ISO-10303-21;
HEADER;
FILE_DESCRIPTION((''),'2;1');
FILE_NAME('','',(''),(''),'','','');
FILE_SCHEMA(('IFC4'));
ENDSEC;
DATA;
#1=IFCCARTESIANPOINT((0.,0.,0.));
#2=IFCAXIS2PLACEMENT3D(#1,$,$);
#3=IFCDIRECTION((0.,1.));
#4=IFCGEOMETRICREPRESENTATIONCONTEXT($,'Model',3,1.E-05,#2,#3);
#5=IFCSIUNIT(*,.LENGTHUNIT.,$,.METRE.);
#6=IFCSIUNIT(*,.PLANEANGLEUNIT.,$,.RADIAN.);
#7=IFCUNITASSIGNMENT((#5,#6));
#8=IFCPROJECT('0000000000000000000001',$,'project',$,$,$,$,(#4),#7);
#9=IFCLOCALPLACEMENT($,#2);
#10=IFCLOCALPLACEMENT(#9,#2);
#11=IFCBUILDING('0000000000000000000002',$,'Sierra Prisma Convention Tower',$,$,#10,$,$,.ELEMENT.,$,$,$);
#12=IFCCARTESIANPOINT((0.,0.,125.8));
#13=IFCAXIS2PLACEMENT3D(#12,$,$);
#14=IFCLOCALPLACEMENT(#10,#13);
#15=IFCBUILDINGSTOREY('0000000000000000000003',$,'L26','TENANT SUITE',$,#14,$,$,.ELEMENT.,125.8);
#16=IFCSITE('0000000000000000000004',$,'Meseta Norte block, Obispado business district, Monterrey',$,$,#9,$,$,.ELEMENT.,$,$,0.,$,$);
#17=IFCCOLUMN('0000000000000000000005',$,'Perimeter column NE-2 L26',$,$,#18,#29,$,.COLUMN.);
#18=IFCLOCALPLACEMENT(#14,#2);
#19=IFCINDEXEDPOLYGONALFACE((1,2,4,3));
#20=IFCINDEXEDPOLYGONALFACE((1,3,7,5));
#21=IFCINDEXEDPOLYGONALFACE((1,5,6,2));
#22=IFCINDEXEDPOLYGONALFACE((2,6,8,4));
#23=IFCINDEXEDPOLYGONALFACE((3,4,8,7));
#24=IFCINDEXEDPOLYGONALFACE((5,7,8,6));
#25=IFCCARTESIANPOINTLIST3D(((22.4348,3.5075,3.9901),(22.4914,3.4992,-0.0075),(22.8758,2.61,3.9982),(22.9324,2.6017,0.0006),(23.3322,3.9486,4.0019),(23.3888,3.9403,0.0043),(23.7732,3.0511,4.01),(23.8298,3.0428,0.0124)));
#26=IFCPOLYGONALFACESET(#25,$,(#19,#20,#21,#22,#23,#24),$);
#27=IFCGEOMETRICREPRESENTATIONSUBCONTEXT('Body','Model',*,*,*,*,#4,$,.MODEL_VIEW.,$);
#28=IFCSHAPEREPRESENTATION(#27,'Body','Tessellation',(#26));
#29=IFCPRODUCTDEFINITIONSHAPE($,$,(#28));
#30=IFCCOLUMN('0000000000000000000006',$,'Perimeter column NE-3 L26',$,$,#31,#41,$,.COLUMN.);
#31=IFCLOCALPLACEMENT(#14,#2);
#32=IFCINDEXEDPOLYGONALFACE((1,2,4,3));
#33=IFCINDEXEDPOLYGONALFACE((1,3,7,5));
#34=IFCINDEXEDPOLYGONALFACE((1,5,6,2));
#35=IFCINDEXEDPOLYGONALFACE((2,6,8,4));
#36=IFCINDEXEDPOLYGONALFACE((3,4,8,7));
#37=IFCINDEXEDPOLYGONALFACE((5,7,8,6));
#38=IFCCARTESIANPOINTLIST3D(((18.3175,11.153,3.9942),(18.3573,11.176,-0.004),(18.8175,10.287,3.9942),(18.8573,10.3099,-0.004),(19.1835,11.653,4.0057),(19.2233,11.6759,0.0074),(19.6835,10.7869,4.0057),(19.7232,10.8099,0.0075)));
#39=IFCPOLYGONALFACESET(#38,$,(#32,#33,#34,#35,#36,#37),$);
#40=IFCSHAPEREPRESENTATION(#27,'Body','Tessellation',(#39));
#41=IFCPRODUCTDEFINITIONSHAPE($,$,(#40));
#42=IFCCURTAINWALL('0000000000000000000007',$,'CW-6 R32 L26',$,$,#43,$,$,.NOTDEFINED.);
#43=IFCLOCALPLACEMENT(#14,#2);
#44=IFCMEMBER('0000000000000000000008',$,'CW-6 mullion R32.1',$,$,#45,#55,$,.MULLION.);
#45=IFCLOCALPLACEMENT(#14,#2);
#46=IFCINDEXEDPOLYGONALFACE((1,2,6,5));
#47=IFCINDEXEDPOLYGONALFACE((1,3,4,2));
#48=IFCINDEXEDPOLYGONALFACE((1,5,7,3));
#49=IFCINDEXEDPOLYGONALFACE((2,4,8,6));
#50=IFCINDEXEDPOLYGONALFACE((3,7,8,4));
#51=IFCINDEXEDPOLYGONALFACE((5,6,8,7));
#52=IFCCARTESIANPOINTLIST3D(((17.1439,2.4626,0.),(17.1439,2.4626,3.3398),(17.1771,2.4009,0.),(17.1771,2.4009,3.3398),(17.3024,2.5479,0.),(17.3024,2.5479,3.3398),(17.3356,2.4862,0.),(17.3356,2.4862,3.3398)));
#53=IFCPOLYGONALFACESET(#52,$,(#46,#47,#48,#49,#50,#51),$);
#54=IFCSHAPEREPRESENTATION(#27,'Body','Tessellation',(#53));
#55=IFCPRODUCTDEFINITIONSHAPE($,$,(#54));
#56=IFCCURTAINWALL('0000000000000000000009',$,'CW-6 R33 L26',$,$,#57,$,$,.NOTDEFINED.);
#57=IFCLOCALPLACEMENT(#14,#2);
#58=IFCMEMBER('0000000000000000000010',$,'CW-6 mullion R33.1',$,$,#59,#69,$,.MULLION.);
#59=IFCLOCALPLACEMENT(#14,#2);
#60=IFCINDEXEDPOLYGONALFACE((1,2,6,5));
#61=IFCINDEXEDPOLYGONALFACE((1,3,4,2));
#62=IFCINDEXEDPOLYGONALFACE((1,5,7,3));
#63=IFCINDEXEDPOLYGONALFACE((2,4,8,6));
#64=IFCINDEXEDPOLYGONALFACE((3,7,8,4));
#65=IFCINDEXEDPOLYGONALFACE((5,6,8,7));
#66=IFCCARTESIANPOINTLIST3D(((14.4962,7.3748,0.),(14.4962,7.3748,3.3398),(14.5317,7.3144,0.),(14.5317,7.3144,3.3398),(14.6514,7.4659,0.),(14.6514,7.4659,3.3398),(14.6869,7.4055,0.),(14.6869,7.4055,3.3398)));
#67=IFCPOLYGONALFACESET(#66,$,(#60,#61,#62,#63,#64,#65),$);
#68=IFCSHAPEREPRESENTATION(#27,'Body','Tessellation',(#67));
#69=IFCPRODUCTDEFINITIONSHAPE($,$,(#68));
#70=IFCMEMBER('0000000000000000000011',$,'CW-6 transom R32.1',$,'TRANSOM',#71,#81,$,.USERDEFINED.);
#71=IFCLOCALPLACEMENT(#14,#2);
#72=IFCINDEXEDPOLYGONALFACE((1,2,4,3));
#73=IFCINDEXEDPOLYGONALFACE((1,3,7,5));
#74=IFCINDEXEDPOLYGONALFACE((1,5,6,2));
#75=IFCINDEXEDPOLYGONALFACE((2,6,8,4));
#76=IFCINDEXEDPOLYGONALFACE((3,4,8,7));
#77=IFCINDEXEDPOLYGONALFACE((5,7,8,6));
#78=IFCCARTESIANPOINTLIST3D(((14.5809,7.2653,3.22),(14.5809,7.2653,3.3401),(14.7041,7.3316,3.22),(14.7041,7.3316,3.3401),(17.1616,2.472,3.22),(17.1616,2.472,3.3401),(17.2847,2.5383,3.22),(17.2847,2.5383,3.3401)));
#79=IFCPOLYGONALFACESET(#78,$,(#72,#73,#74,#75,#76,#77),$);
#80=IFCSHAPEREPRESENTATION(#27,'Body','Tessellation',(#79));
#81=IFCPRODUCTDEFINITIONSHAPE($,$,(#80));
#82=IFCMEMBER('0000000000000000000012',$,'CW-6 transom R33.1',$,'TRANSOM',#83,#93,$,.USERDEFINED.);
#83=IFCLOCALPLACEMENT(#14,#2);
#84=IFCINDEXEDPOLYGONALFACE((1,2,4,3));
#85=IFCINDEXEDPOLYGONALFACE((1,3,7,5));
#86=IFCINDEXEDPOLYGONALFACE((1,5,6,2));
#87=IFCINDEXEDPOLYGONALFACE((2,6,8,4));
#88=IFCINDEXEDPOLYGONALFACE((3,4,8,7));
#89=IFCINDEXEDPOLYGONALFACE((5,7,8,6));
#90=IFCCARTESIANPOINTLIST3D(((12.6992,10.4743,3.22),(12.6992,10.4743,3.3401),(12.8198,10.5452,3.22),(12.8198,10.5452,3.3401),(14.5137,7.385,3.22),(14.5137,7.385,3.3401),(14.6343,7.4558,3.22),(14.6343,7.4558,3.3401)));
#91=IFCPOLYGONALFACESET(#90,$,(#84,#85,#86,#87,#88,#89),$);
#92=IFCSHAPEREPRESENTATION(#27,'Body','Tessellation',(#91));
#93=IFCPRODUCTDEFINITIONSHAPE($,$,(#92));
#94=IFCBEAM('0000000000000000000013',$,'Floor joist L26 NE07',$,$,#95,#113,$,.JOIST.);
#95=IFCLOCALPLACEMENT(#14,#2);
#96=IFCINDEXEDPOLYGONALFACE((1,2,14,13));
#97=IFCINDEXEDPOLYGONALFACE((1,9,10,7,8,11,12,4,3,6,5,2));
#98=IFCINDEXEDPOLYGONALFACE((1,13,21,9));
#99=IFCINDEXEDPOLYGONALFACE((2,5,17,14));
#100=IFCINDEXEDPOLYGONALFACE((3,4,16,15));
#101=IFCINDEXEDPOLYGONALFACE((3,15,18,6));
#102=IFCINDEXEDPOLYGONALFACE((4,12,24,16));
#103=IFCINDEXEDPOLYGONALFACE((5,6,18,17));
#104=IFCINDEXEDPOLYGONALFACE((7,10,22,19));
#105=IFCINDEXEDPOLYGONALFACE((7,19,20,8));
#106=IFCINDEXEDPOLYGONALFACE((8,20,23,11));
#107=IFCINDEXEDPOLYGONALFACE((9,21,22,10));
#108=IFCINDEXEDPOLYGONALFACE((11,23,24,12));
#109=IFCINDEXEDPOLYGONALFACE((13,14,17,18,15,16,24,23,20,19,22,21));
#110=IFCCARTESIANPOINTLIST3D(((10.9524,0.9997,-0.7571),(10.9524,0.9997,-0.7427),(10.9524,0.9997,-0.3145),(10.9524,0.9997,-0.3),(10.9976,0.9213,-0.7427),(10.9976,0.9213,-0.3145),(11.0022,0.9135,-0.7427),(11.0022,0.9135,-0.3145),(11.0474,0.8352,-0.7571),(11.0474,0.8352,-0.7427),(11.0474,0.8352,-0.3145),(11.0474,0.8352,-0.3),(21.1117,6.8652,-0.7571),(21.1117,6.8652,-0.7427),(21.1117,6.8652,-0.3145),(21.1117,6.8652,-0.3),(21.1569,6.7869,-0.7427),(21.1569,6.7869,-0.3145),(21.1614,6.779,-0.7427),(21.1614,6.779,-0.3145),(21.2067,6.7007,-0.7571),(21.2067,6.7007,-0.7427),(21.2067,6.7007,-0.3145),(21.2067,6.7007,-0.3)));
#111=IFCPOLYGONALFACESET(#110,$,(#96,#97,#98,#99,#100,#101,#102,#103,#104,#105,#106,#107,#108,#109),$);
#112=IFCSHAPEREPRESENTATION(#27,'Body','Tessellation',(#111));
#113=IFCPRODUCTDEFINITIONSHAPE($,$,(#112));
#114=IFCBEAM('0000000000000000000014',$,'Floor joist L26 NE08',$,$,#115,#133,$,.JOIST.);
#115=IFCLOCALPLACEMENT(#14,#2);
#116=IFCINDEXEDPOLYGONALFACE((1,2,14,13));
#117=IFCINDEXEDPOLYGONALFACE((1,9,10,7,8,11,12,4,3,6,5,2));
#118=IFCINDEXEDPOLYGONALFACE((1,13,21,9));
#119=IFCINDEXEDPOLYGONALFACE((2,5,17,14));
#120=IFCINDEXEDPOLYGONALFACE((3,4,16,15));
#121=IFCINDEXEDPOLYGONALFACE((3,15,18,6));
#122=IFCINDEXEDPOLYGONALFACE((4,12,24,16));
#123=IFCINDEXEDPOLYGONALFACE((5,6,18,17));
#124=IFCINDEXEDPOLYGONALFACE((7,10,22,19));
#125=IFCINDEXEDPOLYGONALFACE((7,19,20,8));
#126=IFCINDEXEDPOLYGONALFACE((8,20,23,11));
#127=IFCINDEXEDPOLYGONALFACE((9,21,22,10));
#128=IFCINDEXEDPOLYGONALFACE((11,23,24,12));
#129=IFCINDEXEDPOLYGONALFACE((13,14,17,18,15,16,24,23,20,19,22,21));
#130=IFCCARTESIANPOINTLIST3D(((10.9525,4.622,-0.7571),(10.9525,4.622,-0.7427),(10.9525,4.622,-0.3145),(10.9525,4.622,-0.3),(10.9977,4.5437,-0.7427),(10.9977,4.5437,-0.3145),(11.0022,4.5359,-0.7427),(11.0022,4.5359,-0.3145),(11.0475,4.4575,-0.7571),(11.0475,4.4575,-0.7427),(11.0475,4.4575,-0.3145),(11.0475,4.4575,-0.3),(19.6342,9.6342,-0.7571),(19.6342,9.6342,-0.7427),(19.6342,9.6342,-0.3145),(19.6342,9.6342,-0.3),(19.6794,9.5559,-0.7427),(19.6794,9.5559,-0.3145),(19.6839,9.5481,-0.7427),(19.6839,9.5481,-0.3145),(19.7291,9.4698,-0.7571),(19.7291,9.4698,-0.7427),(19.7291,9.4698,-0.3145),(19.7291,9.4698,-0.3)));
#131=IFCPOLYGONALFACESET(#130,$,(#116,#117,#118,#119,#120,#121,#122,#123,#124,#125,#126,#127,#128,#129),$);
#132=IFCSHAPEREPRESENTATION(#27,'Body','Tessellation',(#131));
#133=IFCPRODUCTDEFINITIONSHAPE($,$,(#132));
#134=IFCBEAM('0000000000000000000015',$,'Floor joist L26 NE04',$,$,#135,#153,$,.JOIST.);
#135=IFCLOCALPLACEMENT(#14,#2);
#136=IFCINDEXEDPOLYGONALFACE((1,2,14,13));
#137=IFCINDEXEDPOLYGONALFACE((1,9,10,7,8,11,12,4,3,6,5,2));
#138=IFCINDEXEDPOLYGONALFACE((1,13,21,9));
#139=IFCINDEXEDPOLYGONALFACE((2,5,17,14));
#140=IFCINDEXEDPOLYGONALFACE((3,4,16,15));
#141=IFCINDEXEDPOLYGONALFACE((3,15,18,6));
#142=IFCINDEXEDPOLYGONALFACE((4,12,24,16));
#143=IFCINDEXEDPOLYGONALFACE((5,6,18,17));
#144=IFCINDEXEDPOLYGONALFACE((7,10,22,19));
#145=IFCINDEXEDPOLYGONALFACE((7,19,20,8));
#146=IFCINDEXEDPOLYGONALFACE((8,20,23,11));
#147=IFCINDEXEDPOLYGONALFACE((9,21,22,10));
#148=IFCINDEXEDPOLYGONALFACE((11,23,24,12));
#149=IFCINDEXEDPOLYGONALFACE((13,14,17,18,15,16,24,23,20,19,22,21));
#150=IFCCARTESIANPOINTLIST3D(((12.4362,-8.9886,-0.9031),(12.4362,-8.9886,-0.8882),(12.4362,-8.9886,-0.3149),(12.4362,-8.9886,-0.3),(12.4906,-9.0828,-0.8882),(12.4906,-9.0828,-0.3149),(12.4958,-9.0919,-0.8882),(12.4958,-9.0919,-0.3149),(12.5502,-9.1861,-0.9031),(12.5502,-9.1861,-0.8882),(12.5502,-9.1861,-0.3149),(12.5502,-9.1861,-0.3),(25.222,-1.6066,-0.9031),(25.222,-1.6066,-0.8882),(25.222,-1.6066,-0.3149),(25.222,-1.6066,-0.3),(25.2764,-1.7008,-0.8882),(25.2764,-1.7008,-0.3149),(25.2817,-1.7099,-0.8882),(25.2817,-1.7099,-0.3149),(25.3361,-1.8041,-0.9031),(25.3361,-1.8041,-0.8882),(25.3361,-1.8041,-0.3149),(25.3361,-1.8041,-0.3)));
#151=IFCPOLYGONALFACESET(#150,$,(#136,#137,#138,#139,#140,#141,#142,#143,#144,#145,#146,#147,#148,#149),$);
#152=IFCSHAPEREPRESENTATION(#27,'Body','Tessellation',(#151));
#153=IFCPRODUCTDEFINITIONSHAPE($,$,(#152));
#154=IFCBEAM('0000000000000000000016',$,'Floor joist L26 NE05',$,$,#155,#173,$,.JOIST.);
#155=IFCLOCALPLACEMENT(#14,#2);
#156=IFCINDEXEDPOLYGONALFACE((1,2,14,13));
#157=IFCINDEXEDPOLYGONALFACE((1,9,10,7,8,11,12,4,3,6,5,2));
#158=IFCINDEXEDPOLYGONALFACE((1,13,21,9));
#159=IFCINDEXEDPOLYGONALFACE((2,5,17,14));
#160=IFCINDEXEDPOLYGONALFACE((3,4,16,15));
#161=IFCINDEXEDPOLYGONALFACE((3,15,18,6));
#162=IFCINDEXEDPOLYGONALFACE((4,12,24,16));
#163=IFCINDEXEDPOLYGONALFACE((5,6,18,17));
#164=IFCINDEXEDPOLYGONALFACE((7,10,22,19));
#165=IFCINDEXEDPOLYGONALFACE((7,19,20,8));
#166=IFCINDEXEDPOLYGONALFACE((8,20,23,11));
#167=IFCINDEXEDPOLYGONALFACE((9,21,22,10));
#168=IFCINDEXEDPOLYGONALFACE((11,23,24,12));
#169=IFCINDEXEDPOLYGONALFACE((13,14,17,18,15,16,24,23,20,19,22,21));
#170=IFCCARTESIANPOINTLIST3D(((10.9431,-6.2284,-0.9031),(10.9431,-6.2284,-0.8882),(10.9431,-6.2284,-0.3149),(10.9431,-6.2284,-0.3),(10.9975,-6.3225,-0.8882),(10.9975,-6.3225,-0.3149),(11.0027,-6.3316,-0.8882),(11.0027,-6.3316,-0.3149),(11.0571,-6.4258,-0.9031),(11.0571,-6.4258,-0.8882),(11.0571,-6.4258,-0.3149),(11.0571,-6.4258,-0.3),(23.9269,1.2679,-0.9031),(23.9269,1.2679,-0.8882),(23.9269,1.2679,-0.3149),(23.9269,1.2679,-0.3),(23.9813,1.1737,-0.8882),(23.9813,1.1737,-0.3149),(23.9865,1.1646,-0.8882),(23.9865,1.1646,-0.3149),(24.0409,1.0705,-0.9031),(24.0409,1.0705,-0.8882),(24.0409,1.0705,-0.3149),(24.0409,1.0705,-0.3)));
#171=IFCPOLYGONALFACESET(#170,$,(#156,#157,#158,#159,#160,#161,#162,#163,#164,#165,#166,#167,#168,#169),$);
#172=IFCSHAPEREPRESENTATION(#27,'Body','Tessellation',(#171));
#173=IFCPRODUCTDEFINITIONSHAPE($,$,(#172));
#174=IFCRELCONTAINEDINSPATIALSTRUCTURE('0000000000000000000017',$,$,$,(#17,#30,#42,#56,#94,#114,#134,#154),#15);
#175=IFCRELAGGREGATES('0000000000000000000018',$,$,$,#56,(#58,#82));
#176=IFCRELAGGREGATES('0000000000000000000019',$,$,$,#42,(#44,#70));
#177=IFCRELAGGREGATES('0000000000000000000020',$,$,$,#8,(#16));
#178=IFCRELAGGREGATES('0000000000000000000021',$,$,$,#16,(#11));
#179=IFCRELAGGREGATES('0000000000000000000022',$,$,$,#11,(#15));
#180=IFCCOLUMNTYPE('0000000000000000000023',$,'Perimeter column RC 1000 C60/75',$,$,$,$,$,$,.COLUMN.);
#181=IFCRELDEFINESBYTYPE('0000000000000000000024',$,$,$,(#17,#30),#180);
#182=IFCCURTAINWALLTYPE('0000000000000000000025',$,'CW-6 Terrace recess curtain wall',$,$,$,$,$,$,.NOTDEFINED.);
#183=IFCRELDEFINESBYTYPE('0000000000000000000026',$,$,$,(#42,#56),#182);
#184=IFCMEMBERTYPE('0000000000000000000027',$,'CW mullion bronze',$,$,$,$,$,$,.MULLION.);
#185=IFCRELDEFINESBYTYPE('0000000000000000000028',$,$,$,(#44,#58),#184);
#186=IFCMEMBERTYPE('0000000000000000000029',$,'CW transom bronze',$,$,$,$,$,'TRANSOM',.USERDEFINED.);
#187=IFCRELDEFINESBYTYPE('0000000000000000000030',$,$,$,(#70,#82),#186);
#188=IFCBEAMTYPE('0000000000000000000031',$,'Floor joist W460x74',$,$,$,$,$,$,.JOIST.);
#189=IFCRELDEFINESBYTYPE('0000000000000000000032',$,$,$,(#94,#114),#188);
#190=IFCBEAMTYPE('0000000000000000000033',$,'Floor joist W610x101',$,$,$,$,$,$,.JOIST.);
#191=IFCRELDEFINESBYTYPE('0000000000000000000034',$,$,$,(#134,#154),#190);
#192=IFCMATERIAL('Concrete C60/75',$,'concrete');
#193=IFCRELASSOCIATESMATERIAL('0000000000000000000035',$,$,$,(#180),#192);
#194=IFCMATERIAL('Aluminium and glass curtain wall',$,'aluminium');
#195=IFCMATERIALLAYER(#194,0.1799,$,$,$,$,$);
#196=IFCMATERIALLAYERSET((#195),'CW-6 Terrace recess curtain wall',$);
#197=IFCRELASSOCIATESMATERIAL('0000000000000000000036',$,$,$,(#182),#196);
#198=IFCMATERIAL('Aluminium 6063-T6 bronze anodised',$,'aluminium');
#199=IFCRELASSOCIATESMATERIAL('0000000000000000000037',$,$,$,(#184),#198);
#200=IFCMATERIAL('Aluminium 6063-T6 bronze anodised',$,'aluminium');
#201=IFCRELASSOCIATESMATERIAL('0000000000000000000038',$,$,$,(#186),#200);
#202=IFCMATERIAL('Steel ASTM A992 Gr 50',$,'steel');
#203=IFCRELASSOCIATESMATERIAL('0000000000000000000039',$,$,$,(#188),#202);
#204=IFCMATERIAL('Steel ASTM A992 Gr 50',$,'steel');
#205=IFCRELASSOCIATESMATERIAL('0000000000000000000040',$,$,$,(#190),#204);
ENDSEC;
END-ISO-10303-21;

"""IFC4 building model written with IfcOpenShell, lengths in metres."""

from ifc_helpers import new_model, si_unit, direction, frame, origin, origin_2d, place, context, subcontext, project, spatial, rectangle, i_section, extrude, clip, halfspace, material, layer, layer_set, material_profile, profile_set, type_object, element, aggregate, save


model = new_model("IFC4")

# Units and contexts
model_context = context("Model", 3, precision=1e-05, world=origin(), true_north=direction((0.0, 1.0)))
body_context = subcontext(model_context, "Body", "Model", "MODEL_VIEW")
ifc_project = project(units=[si_unit("LENGTHUNIT", "METRE"), si_unit("PLANEANGLEUNIT", "RADIAN")], contexts=[model_context])

# Site, building, storey
site_placement = place(None, origin())
site = spatial("IfcSite", under=ifc_project, at=site_placement, Name="Meseta Norte block, Obispado business district, Monterrey", CompositionType="ELEMENT", RefElevation=0.0)
building_placement = place(site_placement, origin())
building = spatial("IfcBuilding", under=site, at=building_placement, Name="Sierra Prisma Convention Tower", CompositionType="ELEMENT")
storey_placement = place(building_placement, frame((0.0, 0.0, 125.8)))
storey = spatial("IfcBuildingStorey", under=building, at=storey_placement, Name="L26", Description="TENANT SUITE", CompositionType="ELEMENT", Elevation=125.8)

# Columns
ifc_material_1 = material(Name="Concrete C60/75", Category="concrete")
ifc_material_profile_1 = material_profile(ifc_material_1, rectangle(XDim=1.0, YDim=1.0, at=origin_2d()), Name="Perimeter column RC 1000 C60/75")
ifc_profile_set_1 = profile_set([ifc_material_profile_1], Name="Concrete C60/75")
column_type = type_object("IfcColumnType", Name="Perimeter column RC 1000 C60/75", PredefinedType="COLUMN", material=ifc_profile_set_1)
column_1_placement = place(storey_placement, frame((23.1606, 3.271, 0.0), z_axis=(-0.014159, 0.002075, 0.999898), x_axis=(-0.440982, 0.897479, -0.008107)))
element("IfcColumn", 1, at=column_1_placement, inside=storey, type_object=column_type, Name="Perimeter column NE-2 L26", PredefinedType="COLUMN", context=body_context, shape_type="SweptSolid", body=[
    clip(extrude(rectangle(XDim=1.0, YDim=1.0, at=origin_2d()), origin(), (0.0, 0.0, 1.0), 4.0005), halfspace(frame((0.0, 0.0, 0.0024)), True)),
])
column_2_placement = place(storey_placement, frame((19.0403, 10.9929, 0.0), z_axis=(-0.009948, -0.005737, 0.999934), x_axis=(-0.499975, 0.86604, -0.000005)))
element("IfcColumn", 2, at=column_2_placement, inside=storey, type_object=column_type, Name="Perimeter column NE-3 L26", PredefinedType="COLUMN", context=body_context, shape_type="SweptSolid", body=[
    clip(extrude(rectangle(XDim=1.0, YDim=1.0, at=origin_2d()), origin(), (0.0, 0.0, 1.0), 4.0002), halfspace(frame((0.0, 0.0, 0.0017)), True)),
])

# Curtain walls, members
ifc_material_2 = material(Name="Aluminium and glass curtain wall", Category="aluminium")
ifc_layer_1 = layer(ifc_material_2, 0.1799)
ifc_layer_set_1 = layer_set([ifc_layer_1], Name="CW-6 Terrace recess curtain wall")
curtain_wall_type = type_object("IfcCurtainWallType", Name="CW-6 Terrace recess curtain wall", PredefinedType="NOTDEFINED", material=ifc_layer_set_1)
curtain_wall_1_placement = place(storey_placement, origin())
curtain_wall_1 = element("IfcCurtainWall", 3, at=curtain_wall_1_placement, inside=storey, type_object=curtain_wall_type, Name="CW-6 R32 L26", PredefinedType="NOTDEFINED")
ifc_material_3 = material(Name="Aluminium 6063-T6 bronze anodised", Category="aluminium")
ifc_material_profile_2 = material_profile(ifc_material_3, rectangle(XDim=0.1799, YDim=0.0701, at=origin_2d()), Name="ALU MULLION 70x180")
ifc_profile_set_2 = profile_set([ifc_material_profile_2], Name="Aluminium 6063-T6 bronze anodised")
member_type_1 = type_object("IfcMemberType", Name="CW mullion bronze", PredefinedType="MULLION", material=ifc_profile_set_2)
member_1_placement = place(storey_placement, frame((17.2397, 2.4744, 0.0), z_axis=(0.0, 0.0, 1.0), x_axis=(-0.880498, -0.47405, 0.0)))
member_1 = element("IfcMember", 4, at=member_1_placement, type_object=member_type_1, Name="CW-6 mullion R32.1", PredefinedType="MULLION", context=body_context, shape_type="SweptSolid", body=[
    extrude(rectangle(XDim=0.1799, YDim=0.0701, at=origin_2d()), origin(), (0.0, 0.0, 1.0), 3.3398),
])
curtain_wall_2_placement = place(storey_placement, origin())
curtain_wall_2 = element("IfcCurtainWall", 5, at=curtain_wall_2_placement, inside=storey, type_object=curtain_wall_type, Name="CW-6 R33 L26", PredefinedType="NOTDEFINED")
member_2_placement = place(storey_placement, frame((14.5916, 7.3901, 0.0), z_axis=(0.0, 0.0, 1.0), x_axis=(-0.862287, -0.506419, 0.0)))
member_2 = element("IfcMember", 6, at=member_2_placement, type_object=member_type_1, Name="CW-6 mullion R33.1", PredefinedType="MULLION", context=body_context, shape_type="SweptSolid", body=[
    extrude(rectangle(XDim=0.1799, YDim=0.0701, at=origin_2d()), origin(), (0.0, 0.0, 1.0), 3.3398),
])

# Members
ifc_material_4 = material(Name="Aluminium 6063-T6 bronze anodised", Category="aluminium")
ifc_material_profile_3 = material_profile(ifc_material_4, rectangle(XDim=0.1399, YDim=0.1201, at=origin_2d()), Name="ALU TRANSOM 120x140")
ifc_profile_set_3 = profile_set([ifc_material_profile_3], Name="Aluminium 6063-T6 bronze anodised")
member_type_2 = type_object("IfcMemberType", Name="CW transom bronze", ElementType="TRANSOM", PredefinedType="USERDEFINED", material=ifc_profile_set_3)
member_3_placement = place(storey_placement, frame((17.2231, 2.5051, 3.28), z_axis=(-0.474044, 0.880501, 0.0), x_axis=(-0.880501, -0.474044, 0.0)))
member_3 = element("IfcMember", 7, at=member_3_placement, type_object=member_type_2, Name="CW-6 transom R32.1", ObjectType="TRANSOM", PredefinedType="USERDEFINED", context=body_context, shape_type="SweptSolid", body=[
    extrude(rectangle(XDim=0.1399, YDim=0.1201, at=origin_2d()), origin(), (0.0, 0.0, 1.0), 5.4438),
])
member_4_placement = place(storey_placement, frame((14.574, 7.4204, 3.28), z_axis=(-0.506436, 0.862277, 0.0), x_axis=(-0.862277, -0.506436, 0.0)))
member_4 = element("IfcMember", 8, at=member_4_placement, type_object=member_type_2, Name="CW-6 transom R33.1", ObjectType="TRANSOM", PredefinedType="USERDEFINED", context=body_context, shape_type="SweptSolid", body=[
    extrude(rectangle(XDim=0.1399, YDim=0.1201, at=origin_2d()), origin(), (0.0, 0.0, 1.0), 3.5828),
])
aggregate(curtain_wall_2, [member_2, member_4])

# Beams
ifc_material_5 = material(Name="Steel ASTM A992 Gr 50", Category="steel")
ifc_material_profile_4 = material_profile(ifc_material_5, i_section(OverallWidth=0.1899, OverallDepth=0.457, WebThickness=0.009, FlangeThickness=0.0144, at=origin_2d()), Name="W460x74")
ifc_profile_set_4 = profile_set([ifc_material_profile_4], Name="Steel ASTM A992 Gr 50")
beam_type_1 = type_object("IfcBeamType", Name="Floor joist W460x74", PredefinedType="JOIST", material=ifc_profile_set_4)
beam_1_placement = place(storey_placement, frame((21.1592, 6.783, -0.5286), z_axis=(-0.866023, -0.500005, 0.0), x_axis=(0.500005, -0.866023, 0.0)))
element("IfcBeam", 9, at=beam_1_placement, inside=storey, type_object=beam_type_1, Name="Floor joist L26 NE07", PredefinedType="JOIST", context=body_context, shape_type="SweptSolid", body=[
    extrude(i_section(OverallWidth=0.1899, OverallDepth=0.457, WebThickness=0.009, FlangeThickness=0.0144, at=origin_2d()), origin(), (0.0, 0.0, 1.0), 11.731),
])
beam_2_placement = place(storey_placement, frame((19.6816, 9.552, -0.5286), z_axis=(-0.866031, -0.499989, 0.0), x_axis=(0.499989, -0.866031, 0.0)))
element("IfcBeam", 10, at=beam_2_placement, inside=storey, type_object=beam_type_1, Name="Floor joist L26 NE08", PredefinedType="JOIST", context=body_context, shape_type="SweptSolid", body=[
    extrude(i_section(OverallWidth=0.1899, OverallDepth=0.457, WebThickness=0.009, FlangeThickness=0.0144, at=origin_2d()), origin(), (0.0, 0.0, 1.0), 10.0247),
])
ifc_material_6 = material(Name="Steel ASTM A992 Gr 50", Category="steel")
ifc_material_profile_5 = material_profile(ifc_material_6, i_section(OverallWidth=0.228, OverallDepth=0.603, WebThickness=0.0105, FlangeThickness=0.0149, at=origin_2d()), Name="W610x101")
ifc_profile_set_5 = profile_set([ifc_material_profile_5], Name="Steel ASTM A992 Gr 50")
beam_type_2 = type_object("IfcBeamType", Name="Floor joist W610x101", PredefinedType="JOIST", material=ifc_profile_set_5)
beam_3_placement = place(storey_placement, frame((25.2791, -1.7053, -0.6016), z_axis=(-0.866021, -0.500007, 0.0), x_axis=(0.500007, -0.866021, 0.0)))
element("IfcBeam", 11, at=beam_3_placement, inside=storey, type_object=beam_type_2, Name="Floor joist L26 NE04", PredefinedType="JOIST", context=body_context, shape_type="SweptSolid", body=[
    extrude(i_section(OverallWidth=0.228, OverallDepth=0.603, WebThickness=0.0105, FlangeThickness=0.0149, at=origin_2d()), origin(), (0.0, 0.0, 1.0), 14.7639),
])
beam_4_placement = place(storey_placement, frame((23.9839, 1.1692, -0.6016), z_axis=(-0.866023, -0.500004, 0.0), x_axis=(0.500004, -0.866023, 0.0)))
element("IfcBeam", 12, at=beam_4_placement, inside=storey, type_object=beam_type_2, Name="Floor joist L26 NE05", PredefinedType="JOIST", context=body_context, shape_type="SweptSolid", body=[
    extrude(i_section(OverallWidth=0.228, OverallDepth=0.603, WebThickness=0.0105, FlangeThickness=0.0149, at=origin_2d()), origin(), (0.0, 0.0, 1.0), 14.9924),
])

aggregate(curtain_wall_1, [member_1, member_3])

save(model, "model.ifc")
